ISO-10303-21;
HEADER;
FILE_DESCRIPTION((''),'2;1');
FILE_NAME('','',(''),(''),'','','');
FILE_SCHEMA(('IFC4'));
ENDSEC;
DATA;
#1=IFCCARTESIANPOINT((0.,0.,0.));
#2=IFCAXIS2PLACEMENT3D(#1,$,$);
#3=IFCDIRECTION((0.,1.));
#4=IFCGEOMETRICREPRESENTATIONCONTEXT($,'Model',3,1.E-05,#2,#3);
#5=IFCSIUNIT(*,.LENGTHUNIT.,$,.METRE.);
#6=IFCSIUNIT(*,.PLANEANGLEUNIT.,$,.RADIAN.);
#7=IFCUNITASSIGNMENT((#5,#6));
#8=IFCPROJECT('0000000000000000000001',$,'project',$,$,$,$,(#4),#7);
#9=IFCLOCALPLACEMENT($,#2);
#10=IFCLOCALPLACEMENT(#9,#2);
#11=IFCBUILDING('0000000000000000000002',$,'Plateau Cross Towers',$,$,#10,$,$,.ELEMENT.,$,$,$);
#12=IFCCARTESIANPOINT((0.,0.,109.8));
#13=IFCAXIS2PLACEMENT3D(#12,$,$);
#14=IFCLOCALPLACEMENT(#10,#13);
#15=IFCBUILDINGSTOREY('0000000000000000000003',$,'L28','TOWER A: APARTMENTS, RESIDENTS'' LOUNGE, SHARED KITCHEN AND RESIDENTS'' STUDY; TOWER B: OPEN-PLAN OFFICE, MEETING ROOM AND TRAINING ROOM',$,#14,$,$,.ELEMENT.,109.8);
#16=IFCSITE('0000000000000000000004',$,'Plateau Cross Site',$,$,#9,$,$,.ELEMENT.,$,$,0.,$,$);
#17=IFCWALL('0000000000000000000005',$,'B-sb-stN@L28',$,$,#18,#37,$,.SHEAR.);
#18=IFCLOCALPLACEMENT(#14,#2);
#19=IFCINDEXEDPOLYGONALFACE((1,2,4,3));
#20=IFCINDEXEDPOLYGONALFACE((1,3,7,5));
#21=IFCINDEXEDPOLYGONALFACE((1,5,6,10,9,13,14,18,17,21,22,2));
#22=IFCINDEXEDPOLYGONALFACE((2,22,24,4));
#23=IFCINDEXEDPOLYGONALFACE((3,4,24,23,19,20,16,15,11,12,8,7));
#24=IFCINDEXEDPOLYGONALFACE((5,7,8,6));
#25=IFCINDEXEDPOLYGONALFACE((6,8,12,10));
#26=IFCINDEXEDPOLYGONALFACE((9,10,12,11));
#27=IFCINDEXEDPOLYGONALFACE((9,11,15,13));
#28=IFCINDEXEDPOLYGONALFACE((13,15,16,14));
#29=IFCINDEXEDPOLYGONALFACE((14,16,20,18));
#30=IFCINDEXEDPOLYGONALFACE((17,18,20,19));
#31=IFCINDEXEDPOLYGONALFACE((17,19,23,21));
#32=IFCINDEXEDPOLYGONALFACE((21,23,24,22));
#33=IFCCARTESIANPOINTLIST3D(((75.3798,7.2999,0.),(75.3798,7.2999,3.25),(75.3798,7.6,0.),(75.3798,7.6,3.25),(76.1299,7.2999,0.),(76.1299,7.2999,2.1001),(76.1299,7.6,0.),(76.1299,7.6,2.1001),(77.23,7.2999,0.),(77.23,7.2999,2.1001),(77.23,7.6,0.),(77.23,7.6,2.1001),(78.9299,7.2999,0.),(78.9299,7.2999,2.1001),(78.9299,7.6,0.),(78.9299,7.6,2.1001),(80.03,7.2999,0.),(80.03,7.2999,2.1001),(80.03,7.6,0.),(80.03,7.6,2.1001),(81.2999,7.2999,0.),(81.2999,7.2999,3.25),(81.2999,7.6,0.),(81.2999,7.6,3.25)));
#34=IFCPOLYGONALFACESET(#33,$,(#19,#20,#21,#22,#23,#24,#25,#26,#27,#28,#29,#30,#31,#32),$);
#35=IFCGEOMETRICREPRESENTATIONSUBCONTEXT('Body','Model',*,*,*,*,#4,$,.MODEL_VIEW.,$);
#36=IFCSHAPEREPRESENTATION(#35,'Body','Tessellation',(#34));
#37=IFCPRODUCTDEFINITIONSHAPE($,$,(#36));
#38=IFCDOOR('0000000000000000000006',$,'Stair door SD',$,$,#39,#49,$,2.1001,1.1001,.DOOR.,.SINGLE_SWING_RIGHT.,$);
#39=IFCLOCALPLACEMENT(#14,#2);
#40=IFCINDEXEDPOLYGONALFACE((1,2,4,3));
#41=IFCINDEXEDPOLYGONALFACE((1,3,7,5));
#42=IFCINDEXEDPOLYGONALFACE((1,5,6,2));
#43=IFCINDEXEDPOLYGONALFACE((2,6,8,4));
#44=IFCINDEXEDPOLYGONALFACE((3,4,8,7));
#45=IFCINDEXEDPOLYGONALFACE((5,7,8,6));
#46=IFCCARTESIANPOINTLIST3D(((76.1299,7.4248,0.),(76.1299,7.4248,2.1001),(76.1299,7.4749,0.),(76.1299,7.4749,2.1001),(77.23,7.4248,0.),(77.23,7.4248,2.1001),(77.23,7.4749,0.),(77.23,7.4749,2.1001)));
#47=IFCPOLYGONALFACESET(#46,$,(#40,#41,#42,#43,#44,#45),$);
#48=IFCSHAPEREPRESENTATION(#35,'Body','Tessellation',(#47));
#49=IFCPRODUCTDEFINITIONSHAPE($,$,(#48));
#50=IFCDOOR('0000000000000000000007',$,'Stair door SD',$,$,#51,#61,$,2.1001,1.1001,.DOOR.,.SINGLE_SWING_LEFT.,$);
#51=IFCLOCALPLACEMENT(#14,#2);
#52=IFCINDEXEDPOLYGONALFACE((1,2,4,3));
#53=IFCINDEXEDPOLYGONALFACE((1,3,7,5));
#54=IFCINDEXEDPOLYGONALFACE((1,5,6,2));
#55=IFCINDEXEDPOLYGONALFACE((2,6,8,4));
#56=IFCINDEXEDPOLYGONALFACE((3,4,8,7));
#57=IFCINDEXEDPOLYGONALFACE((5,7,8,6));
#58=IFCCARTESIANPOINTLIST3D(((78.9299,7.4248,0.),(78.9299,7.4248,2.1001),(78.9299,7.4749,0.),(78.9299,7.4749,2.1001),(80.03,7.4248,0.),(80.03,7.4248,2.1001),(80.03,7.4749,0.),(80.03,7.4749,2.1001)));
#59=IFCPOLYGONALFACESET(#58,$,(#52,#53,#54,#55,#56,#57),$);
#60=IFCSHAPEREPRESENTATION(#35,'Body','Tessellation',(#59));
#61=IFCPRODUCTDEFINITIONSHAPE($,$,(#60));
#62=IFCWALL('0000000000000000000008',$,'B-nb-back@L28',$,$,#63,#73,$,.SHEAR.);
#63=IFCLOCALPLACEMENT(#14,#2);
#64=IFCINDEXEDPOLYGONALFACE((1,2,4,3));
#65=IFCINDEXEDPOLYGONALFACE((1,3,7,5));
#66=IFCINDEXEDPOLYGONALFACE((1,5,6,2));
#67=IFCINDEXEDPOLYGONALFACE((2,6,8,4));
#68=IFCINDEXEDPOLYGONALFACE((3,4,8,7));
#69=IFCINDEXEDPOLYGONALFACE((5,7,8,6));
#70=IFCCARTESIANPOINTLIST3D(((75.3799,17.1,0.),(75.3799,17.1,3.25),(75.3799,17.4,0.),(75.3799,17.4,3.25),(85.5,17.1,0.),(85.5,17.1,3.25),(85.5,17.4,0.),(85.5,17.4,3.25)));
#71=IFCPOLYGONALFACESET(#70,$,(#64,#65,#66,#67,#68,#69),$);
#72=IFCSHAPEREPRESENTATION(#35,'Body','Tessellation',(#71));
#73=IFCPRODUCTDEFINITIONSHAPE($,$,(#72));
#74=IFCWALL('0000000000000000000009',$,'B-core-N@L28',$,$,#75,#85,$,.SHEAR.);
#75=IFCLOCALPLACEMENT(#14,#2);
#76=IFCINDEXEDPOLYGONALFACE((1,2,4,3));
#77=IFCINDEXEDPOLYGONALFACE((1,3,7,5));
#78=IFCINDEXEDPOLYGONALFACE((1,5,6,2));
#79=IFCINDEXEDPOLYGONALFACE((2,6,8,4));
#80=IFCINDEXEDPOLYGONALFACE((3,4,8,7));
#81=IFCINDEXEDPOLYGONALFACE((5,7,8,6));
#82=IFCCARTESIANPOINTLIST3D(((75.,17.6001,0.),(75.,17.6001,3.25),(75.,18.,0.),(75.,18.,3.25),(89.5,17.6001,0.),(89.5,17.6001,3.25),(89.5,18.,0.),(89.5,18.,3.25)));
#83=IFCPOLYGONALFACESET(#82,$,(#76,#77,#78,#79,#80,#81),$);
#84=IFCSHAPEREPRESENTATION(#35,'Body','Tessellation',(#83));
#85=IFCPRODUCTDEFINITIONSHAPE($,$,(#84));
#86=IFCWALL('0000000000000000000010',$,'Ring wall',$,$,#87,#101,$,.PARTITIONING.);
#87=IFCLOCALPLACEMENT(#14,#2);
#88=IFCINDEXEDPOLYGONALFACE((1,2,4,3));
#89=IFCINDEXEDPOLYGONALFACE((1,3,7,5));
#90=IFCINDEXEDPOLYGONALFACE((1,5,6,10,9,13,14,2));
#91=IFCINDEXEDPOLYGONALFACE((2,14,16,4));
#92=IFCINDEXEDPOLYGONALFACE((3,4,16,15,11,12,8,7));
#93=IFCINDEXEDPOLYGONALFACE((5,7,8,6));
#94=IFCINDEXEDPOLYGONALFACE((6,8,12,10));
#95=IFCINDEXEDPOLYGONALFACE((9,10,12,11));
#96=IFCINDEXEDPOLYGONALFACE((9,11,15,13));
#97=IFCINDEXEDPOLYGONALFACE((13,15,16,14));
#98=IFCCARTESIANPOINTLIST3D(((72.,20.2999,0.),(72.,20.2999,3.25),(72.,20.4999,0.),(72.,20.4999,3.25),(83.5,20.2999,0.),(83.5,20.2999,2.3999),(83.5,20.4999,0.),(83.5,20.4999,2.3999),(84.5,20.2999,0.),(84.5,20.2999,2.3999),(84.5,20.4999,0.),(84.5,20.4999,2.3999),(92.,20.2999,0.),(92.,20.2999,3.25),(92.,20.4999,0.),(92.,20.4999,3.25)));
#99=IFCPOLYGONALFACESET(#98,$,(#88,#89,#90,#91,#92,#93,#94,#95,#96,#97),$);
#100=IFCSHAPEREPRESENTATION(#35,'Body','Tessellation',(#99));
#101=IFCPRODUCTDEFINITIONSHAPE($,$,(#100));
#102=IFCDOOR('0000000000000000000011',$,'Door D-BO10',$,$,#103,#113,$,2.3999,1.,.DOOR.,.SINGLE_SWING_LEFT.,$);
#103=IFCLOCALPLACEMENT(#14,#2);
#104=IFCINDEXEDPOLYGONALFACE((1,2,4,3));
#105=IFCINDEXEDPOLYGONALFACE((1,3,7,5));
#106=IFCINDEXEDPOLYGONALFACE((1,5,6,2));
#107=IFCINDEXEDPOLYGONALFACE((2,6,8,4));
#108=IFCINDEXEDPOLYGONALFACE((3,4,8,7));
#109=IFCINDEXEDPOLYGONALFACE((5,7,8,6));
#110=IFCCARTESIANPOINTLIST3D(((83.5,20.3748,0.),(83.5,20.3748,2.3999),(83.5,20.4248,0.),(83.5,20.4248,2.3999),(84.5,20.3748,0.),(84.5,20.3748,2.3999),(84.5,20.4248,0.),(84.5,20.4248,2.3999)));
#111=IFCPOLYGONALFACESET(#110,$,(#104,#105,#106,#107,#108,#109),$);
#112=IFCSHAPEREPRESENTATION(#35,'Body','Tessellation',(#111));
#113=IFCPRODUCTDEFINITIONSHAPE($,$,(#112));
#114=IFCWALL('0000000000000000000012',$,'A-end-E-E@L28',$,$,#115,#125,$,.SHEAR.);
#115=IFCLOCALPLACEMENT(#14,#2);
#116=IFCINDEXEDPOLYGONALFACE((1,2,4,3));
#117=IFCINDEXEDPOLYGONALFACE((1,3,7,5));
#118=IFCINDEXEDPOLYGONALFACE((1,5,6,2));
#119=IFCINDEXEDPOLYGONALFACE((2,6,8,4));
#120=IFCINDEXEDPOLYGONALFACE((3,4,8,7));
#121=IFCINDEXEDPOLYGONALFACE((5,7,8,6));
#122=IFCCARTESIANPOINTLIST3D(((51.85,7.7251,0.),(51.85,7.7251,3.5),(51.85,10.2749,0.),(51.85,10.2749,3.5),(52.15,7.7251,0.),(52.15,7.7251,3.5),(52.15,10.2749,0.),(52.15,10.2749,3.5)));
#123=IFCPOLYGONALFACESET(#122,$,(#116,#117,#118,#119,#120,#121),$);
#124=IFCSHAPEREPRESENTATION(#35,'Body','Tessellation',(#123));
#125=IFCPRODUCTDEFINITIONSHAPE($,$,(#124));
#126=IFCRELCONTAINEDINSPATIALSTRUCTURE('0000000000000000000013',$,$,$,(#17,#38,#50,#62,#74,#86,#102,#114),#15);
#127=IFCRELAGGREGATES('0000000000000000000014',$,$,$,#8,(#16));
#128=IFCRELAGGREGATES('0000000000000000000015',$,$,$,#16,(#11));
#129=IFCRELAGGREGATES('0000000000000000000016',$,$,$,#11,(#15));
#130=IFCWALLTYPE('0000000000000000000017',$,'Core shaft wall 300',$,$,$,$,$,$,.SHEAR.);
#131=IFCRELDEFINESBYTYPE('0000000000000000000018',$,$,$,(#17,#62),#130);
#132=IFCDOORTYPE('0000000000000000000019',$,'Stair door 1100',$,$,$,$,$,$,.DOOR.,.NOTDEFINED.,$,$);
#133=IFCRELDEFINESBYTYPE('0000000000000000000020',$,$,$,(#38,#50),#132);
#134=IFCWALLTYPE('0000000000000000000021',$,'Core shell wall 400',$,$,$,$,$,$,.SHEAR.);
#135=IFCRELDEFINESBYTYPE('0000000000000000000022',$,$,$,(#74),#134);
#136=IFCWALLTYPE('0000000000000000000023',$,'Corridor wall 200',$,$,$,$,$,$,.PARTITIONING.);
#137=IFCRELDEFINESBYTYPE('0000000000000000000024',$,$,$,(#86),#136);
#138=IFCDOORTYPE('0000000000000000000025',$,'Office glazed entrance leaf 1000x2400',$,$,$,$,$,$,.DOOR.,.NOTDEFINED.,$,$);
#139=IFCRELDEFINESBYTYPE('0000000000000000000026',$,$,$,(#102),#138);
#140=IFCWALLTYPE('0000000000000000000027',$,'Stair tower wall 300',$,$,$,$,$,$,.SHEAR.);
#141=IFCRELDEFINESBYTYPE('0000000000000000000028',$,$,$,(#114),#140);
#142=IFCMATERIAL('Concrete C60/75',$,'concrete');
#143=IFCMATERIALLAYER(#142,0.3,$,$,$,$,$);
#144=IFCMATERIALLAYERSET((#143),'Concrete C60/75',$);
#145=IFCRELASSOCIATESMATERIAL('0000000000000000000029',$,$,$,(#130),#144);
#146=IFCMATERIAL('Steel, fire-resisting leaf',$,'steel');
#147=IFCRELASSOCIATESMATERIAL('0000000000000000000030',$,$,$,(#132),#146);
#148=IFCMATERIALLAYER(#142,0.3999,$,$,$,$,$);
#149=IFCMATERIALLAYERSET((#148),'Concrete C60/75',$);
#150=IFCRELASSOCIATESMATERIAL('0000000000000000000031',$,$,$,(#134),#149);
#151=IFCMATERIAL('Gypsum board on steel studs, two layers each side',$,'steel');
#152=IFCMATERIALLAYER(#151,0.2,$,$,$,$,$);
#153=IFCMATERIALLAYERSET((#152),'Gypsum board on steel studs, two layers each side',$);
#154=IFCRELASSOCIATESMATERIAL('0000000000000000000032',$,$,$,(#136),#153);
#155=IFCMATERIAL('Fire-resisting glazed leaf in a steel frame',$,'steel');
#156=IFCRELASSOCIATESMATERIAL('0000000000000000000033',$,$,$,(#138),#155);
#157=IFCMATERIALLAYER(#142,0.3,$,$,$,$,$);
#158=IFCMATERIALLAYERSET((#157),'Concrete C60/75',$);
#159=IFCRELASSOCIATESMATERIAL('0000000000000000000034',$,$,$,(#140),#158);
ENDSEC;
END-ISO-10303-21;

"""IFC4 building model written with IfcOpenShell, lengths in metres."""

from ifc_helpers import new_model, si_unit, direction, frame, frame_2d, origin, place, context, subcontext, project, spatial, rectangle, extrude, material, layer, layer_set, type_object, element, fill, save


model = new_model("IFC4")

# Units and contexts
model_context = context("Model", 3, precision=1e-05, world=origin(), true_north=direction((0.0, 1.0)))
body_context = subcontext(model_context, "Body", "Model", "MODEL_VIEW")
ifc_project = project(units=[si_unit("LENGTHUNIT", "METRE"), si_unit("PLANEANGLEUNIT", "RADIAN")], contexts=[model_context])

# Site, building, storey
site_placement = place(None, origin())
site = spatial("IfcSite", under=ifc_project, at=site_placement, Name="Plateau Cross Site", CompositionType="ELEMENT", RefElevation=0.0)
building_placement = place(site_placement, origin())
building = spatial("IfcBuilding", under=site, at=building_placement, Name="Plateau Cross Towers", CompositionType="ELEMENT")
storey_placement = place(building_placement, frame((0.0, 0.0, 109.8)))
storey = spatial("IfcBuildingStorey", under=building, at=storey_placement, Name="L28", Description="TOWER A: APARTMENTS, RESIDENTS' LOUNGE, SHARED KITCHEN AND RESIDENTS' STUDY; TOWER B: OPEN-PLAN OFFICE, MEETING ROOM AND TRAINING ROOM", CompositionType="ELEMENT", Elevation=109.8)

# Shared definitions
ifc_material_1 = material(Name="Concrete C60/75", Category="concrete")

# Wall, openings, doors
ifc_layer_1 = layer(ifc_material_1, 0.3)
ifc_layer_set_1 = layer_set([ifc_layer_1], Name="Concrete C60/75")
wall_type_1 = type_object("IfcWallType", Name="Core shaft wall 300", PredefinedType="SHEAR", material=ifc_layer_set_1)
wall_1_placement = place(storey_placement, frame((75.3799, 7.45, 0.0), z_axis=(0.0, 0.0, 1.0), x_axis=(1.0, 0.0, 0.0)))
wall_1 = element("IfcWall", 1, at=wall_1_placement, inside=storey, type_object=wall_type_1, Name="B-sb-stN@L28", PredefinedType="SHEAR", context=body_context, shape_type="SweptSolid", body=[
    extrude(rectangle(XDim=5.9202, YDim=0.3, at=frame_2d((2.96, 0.0))), origin(), (0.0, 0.0, 1.0), 3.25),
])
opening_1_placement = place(wall_1_placement, frame((0.75, 0.0, 0.0)))
opening_1 = element("IfcOpeningElement", 2, at=opening_1_placement, cuts=wall_1, PredefinedType="OPENING", context=body_context, shape_type="SweptSolid", body=[
    extrude(rectangle(XDim=1.1001, YDim=2.1001, at=frame_2d((0.55, 1.05))), frame((0.0, 0.1599, 0.0), z_axis=(0.0, -1.0, 0.0), x_axis=(1.0, 0.0, 0.0)), (0.0, 0.0, 1.0), 0.3201),
])
opening_2_placement = place(wall_1_placement, frame((3.55, 0.0, 0.0)))
opening_2 = element("IfcOpeningElement", 3, at=opening_2_placement, cuts=wall_1, PredefinedType="OPENING", context=body_context, shape_type="SweptSolid", body=[
    extrude(rectangle(XDim=1.1001, YDim=2.1001, at=frame_2d((0.55, 1.05))), frame((0.0, 0.1599, 0.0), z_axis=(0.0, -1.0, 0.0), x_axis=(1.0, 0.0, 0.0)), (0.0, 0.0, 1.0), 0.3201),
])
ifc_material_2 = material(Name="Steel, fire-resisting leaf", Category="steel")
door_type_1 = type_object("IfcDoorType", Name="Stair door 1100", OperationType="NOTDEFINED", PredefinedType="DOOR", material=ifc_material_2)
door_1_placement = place(opening_1_placement, origin())
door_1 = element("IfcDoor", 4, at=door_1_placement, inside=storey, type_object=door_type_1, Name="Stair door SD", OperationType="SINGLE_SWING_RIGHT", OverallHeight=2.1001, OverallWidth=1.1001, PredefinedType="DOOR", context=body_context, shape_type="SweptSolid", body=[
    extrude(rectangle(XDim=1.1001, YDim=2.1001, at=frame_2d((0.55, 1.05))), frame((0.0, 0.0249, 0.0), z_axis=(0.0, -1.0, 0.0), x_axis=(1.0, 0.0, 0.0)), (0.0, 0.0, 1.0), 0.05),
])
fill(opening_1, door_1)
door_2_placement = place(opening_2_placement, origin())
door_2 = element("IfcDoor", 5, at=door_2_placement, inside=storey, type_object=door_type_1, Name="Stair door SD", OperationType="SINGLE_SWING_LEFT", OverallHeight=2.1001, OverallWidth=1.1001, PredefinedType="DOOR", context=body_context, shape_type="SweptSolid", body=[
    extrude(rectangle(XDim=1.1001, YDim=2.1001, at=frame_2d((0.55, 1.05))), frame((0.0, 0.0249, 0.0), z_axis=(0.0, -1.0, 0.0), x_axis=(1.0, 0.0, 0.0)), (0.0, 0.0, 1.0), 0.05),
])
fill(opening_2, door_2)

# Walls
wall_2_placement = place(storey_placement, frame((75.3799, 17.25, 0.0), z_axis=(0.0, 0.0, 1.0), x_axis=(1.0, 0.0, 0.0)))
element("IfcWall", 6, at=wall_2_placement, inside=storey, type_object=wall_type_1, Name="B-nb-back@L28", PredefinedType="SHEAR", context=body_context, shape_type="SweptSolid", body=[
    extrude(rectangle(XDim=10.1201, YDim=0.3, at=frame_2d((5.0601, 0.0))), origin(), (0.0, 0.0, 1.0), 3.25),
])
ifc_layer_2 = layer(ifc_material_1, 0.3999)
ifc_layer_set_2 = layer_set([ifc_layer_2], Name="Concrete C60/75")
wall_type_2 = type_object("IfcWallType", Name="Core shell wall 400", PredefinedType="SHEAR", material=ifc_layer_set_2)
wall_3_placement = place(storey_placement, frame((75.0, 17.8, 0.0), z_axis=(0.0, 0.0, 1.0), x_axis=(1.0, 0.0, 0.0)))
element("IfcWall", 7, at=wall_3_placement, inside=storey, type_object=wall_type_2, Name="B-core-N@L28", PredefinedType="SHEAR", context=body_context, shape_type="SweptSolid", body=[
    extrude(rectangle(XDim=14.5, YDim=0.3999, at=frame_2d((7.25, 0.0))), origin(), (0.0, 0.0, 1.0), 3.25),
])

# Wall, opening, door
ifc_material_3 = material(Name="Gypsum board on steel studs, two layers each side", Category="steel")
ifc_layer_3 = layer(ifc_material_3, 0.2)
ifc_layer_set_3 = layer_set([ifc_layer_3], Name="Gypsum board on steel studs, two layers each side")
wall_type_3 = type_object("IfcWallType", Name="Corridor wall 200", PredefinedType="PARTITIONING", material=ifc_layer_set_3)
wall_4_placement = place(storey_placement, frame((72.0, 20.3999, 0.0), z_axis=(0.0, 0.0, 1.0), x_axis=(1.0, 0.0, 0.0)))
wall_4 = element("IfcWall", 8, at=wall_4_placement, inside=storey, type_object=wall_type_3, Name="Ring wall", PredefinedType="PARTITIONING", context=body_context, shape_type="SweptSolid", body=[
    extrude(rectangle(XDim=20.0, YDim=0.2, at=frame_2d((10.0, 0.0))), origin(), (0.0, 0.0, 1.0), 3.25),
])
opening_3_placement = place(wall_4_placement, frame((11.5, 0.0, 0.0)))
opening_3 = element("IfcOpeningElement", 9, at=opening_3_placement, cuts=wall_4, PredefinedType="OPENING", context=body_context, shape_type="SweptSolid", body=[
    extrude(rectangle(XDim=1.0, YDim=2.3999, at=frame_2d((0.5, 1.2))), frame((0.0, 0.1099, 0.0), z_axis=(0.0, -1.0, 0.0), x_axis=(1.0, 0.0, 0.0)), (0.0, 0.0, 1.0), 0.22),
])
ifc_material_4 = material(Name="Fire-resisting glazed leaf in a steel frame", Category="steel")
door_type_2 = type_object("IfcDoorType", Name="Office glazed entrance leaf 1000x2400", OperationType="NOTDEFINED", PredefinedType="DOOR", material=ifc_material_4)
door_3_placement = place(opening_3_placement, origin())
door_3 = element("IfcDoor", 10, at=door_3_placement, inside=storey, type_object=door_type_2, Name="Door D-BO10", OperationType="SINGLE_SWING_LEFT", OverallHeight=2.3999, OverallWidth=1.0, PredefinedType="DOOR", context=body_context, shape_type="SweptSolid", body=[
    extrude(rectangle(XDim=1.0, YDim=2.3999, at=frame_2d((0.5, 1.2))), frame((0.0, 0.0249, 0.0), z_axis=(0.0, -1.0, 0.0), x_axis=(1.0, 0.0, 0.0)), (0.0, 0.0, 1.0), 0.05),
])
fill(opening_3, door_3)

# Wall
ifc_layer_4 = layer(ifc_material_1, 0.3)
ifc_layer_set_4 = layer_set([ifc_layer_4], Name="Concrete C60/75")
wall_type_4 = type_object("IfcWallType", Name="Stair tower wall 300", PredefinedType="SHEAR", material=ifc_layer_set_4)
wall_5_placement = place(storey_placement, frame((52.0, 7.7251, 0.0), z_axis=(0.0, 0.0, 1.0), x_axis=(0.0, 1.0, 0.0)))
element("IfcWall", 11, at=wall_5_placement, inside=storey, type_object=wall_type_4, Name="A-end-E-E@L28", PredefinedType="SHEAR", context=body_context, shape_type="SweptSolid", body=[
    extrude(rectangle(XDim=2.5498, YDim=0.3, at=frame_2d((1.2749, 0.0))), origin(), (0.0, 0.0, 1.0), 3.5),
])

save(model, "model.ifc")
